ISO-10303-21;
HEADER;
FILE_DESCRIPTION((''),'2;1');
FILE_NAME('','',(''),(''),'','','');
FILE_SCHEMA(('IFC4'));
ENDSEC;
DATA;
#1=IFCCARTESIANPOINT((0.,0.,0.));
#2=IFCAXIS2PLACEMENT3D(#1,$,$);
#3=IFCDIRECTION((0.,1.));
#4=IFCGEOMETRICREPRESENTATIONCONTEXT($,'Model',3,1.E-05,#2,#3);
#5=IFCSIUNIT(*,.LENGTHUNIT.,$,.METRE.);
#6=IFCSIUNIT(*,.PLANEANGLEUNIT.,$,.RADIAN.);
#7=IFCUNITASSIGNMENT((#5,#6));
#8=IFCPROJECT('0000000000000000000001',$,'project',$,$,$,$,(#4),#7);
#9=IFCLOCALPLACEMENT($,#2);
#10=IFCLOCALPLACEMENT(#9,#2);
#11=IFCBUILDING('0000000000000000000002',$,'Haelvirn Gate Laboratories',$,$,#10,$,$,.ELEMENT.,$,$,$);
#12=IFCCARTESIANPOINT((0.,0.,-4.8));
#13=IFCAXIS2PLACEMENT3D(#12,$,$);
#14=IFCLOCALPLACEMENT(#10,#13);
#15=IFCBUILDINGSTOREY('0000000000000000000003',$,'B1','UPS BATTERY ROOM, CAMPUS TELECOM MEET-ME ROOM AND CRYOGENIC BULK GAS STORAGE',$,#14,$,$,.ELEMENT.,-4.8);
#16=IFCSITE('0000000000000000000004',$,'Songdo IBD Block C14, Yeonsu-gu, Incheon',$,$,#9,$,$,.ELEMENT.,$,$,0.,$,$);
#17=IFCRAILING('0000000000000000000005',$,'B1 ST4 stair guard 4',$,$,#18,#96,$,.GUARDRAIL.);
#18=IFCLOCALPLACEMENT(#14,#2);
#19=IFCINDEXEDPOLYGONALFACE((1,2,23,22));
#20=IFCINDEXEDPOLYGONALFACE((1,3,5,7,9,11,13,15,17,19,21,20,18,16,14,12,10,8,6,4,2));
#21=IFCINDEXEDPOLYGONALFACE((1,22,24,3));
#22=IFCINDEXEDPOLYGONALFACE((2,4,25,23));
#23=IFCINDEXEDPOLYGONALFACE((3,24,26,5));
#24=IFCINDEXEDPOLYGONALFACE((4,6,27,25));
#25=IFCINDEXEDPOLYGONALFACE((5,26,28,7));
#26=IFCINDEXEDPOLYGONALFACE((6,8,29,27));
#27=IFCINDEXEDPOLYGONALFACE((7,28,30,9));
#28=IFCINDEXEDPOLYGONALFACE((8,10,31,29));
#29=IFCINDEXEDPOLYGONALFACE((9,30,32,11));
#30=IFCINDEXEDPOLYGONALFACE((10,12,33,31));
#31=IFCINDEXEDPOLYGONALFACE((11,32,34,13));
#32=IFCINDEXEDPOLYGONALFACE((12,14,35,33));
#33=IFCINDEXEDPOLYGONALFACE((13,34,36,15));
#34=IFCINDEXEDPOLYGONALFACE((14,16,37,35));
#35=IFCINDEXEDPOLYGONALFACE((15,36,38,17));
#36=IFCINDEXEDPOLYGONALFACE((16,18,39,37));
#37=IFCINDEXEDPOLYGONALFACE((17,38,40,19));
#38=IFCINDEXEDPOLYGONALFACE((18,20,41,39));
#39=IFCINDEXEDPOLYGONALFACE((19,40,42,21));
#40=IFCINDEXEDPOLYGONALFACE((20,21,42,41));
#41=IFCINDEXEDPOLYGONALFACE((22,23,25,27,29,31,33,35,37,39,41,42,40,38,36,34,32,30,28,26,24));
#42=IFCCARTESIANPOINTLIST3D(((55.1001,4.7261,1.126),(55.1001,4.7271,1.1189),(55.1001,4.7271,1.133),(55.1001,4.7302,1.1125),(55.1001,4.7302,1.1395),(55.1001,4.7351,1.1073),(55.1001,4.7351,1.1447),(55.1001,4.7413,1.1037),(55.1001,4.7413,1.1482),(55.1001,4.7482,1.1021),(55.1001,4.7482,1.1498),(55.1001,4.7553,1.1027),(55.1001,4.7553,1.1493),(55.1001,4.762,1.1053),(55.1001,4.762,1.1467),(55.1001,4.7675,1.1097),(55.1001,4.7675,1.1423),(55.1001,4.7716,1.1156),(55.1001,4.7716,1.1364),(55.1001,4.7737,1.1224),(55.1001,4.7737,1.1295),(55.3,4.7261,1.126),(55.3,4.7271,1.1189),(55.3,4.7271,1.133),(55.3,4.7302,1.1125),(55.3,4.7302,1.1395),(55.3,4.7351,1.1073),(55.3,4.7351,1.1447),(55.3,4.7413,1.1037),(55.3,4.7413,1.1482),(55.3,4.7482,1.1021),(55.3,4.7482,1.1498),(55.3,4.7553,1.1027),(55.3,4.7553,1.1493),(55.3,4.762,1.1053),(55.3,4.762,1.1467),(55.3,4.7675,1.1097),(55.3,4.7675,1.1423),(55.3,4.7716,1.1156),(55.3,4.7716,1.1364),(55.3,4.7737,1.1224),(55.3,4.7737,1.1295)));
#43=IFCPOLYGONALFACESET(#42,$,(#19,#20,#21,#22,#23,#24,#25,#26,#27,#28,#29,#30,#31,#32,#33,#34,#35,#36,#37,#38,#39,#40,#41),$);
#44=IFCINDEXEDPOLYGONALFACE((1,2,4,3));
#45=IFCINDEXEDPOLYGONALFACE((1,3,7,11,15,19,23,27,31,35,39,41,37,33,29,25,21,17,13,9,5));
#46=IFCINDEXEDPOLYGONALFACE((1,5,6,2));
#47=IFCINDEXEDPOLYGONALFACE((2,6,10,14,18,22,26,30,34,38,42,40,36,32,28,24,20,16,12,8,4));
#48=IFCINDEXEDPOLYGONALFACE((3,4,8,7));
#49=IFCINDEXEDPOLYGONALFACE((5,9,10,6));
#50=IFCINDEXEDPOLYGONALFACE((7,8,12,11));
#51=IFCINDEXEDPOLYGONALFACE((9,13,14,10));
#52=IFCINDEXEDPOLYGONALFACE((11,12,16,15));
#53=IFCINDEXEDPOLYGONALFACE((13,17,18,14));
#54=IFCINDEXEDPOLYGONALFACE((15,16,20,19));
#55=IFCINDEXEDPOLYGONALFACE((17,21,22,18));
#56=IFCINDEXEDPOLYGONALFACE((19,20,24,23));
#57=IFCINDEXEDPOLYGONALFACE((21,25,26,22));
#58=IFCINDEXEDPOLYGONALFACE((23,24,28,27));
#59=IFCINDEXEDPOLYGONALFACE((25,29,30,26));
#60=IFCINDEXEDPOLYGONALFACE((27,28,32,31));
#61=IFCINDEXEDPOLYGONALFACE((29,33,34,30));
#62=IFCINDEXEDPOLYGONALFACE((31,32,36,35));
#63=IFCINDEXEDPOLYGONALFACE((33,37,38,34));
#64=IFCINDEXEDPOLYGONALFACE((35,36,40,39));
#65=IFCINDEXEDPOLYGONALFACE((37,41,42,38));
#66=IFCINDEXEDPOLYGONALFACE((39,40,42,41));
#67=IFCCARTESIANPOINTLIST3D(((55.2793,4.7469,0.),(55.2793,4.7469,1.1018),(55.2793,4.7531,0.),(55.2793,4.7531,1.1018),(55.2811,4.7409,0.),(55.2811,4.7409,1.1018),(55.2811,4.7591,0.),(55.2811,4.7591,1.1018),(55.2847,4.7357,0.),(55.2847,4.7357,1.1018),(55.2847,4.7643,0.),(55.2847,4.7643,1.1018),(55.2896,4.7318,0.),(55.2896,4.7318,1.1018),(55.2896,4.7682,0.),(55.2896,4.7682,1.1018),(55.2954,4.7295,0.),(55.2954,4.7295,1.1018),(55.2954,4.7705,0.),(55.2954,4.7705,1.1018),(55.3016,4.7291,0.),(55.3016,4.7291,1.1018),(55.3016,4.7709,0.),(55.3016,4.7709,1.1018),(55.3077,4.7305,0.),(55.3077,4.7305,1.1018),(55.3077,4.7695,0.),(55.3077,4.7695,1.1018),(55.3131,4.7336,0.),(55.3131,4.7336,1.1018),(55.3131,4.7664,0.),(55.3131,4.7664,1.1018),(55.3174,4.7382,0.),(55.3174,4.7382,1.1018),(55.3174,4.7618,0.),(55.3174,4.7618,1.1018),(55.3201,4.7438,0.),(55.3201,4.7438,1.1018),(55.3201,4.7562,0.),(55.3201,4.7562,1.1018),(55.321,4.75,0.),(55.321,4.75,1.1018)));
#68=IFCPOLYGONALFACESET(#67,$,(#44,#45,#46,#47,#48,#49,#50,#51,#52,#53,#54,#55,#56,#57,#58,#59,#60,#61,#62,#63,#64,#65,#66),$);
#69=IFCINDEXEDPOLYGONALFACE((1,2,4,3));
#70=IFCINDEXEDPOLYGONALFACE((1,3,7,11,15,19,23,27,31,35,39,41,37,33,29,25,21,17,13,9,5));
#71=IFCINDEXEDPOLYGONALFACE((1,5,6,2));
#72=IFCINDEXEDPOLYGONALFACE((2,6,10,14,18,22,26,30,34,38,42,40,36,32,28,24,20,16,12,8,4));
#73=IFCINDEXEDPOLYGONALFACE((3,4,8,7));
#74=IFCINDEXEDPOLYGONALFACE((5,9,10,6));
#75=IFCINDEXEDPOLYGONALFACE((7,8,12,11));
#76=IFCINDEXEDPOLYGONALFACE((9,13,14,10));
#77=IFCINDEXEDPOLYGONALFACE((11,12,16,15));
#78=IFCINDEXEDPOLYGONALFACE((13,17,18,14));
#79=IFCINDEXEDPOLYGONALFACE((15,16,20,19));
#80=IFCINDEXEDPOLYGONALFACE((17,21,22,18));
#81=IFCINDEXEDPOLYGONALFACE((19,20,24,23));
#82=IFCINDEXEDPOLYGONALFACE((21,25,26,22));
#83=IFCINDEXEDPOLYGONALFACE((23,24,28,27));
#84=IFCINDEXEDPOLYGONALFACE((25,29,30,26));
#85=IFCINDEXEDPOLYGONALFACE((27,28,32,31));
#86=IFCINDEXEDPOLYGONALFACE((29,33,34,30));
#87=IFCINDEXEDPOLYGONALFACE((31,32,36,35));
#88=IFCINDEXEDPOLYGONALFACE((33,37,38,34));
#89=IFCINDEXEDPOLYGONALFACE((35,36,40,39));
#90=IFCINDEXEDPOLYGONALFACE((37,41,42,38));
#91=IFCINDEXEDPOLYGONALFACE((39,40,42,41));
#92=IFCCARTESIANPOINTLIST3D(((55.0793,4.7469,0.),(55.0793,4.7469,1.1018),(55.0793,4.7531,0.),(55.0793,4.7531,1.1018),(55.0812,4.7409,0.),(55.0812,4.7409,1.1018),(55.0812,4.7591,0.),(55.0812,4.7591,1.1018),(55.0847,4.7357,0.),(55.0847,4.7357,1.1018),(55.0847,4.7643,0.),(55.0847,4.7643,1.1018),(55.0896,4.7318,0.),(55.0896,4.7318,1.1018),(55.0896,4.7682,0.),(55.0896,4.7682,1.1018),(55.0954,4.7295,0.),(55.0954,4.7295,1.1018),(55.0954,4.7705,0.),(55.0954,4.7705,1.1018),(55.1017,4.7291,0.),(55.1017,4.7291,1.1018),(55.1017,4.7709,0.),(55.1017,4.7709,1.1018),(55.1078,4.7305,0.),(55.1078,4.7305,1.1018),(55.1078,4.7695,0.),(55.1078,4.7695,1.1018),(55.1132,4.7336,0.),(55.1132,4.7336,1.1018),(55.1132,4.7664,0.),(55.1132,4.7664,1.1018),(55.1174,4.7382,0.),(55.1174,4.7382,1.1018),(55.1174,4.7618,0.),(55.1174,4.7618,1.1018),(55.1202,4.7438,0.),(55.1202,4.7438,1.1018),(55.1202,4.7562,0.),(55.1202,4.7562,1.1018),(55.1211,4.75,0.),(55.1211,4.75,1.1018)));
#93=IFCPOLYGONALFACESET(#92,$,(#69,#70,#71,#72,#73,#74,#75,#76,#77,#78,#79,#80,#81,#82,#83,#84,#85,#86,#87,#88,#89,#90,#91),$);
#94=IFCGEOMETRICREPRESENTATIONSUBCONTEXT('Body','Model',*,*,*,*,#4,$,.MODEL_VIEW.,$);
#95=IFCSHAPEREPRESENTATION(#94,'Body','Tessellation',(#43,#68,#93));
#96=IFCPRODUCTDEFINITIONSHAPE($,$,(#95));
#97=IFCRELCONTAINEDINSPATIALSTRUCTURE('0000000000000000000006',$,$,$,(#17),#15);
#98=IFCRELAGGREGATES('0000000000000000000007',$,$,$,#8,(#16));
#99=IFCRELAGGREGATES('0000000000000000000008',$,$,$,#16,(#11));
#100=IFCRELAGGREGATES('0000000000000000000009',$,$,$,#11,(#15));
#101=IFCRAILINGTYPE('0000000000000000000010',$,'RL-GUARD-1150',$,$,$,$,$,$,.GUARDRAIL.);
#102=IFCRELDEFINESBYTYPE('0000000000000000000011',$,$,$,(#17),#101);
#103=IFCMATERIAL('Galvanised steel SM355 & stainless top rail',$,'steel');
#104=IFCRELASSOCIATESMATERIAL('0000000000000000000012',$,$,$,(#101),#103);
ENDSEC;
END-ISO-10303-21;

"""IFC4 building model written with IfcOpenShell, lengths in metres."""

from ifc_helpers import new_model, si_unit, direction, frame, origin, origin_2d, place, context, subcontext, project, spatial, circle, extrude, source, transform, mapped, material, type_object, element, save


model = new_model("IFC4")

# Units and contexts
model_context = context("Model", 3, precision=1e-05, world=origin(), true_north=direction((0.0, 1.0)))
body_context = subcontext(model_context, "Body", "Model", "MODEL_VIEW")
ifc_project = project(units=[si_unit("LENGTHUNIT", "METRE"), si_unit("PLANEANGLEUNIT", "RADIAN")], contexts=[model_context])

# Site, building, storey
site_placement = place(None, origin())
site = spatial("IfcSite", under=ifc_project, at=site_placement, Name="Songdo IBD Block C14, Yeonsu-gu, Incheon", CompositionType="ELEMENT", RefElevation=0.0)
building_placement = place(site_placement, origin())
building = spatial("IfcBuilding", under=site, at=building_placement, Name="Haelvirn Gate Laboratories", CompositionType="ELEMENT")
storey_placement = place(building_placement, frame((0.0, 0.0, -4.8)))
storey = spatial("IfcBuildingStorey", under=building, at=storey_placement, Name="B1", Description="UPS BATTERY ROOM, CAMPUS TELECOM MEET-ME ROOM AND CRYOGENIC BULK GAS STORAGE", CompositionType="ELEMENT", Elevation=-4.8)

# Railing
ifc_material_1 = material(Name="Galvanised steel SM355 & stainless top rail", Category="steel")
railing_type_1 = type_object("IfcRailingType", Name="RL-GUARD-1150", PredefinedType="GUARDRAIL", material=ifc_material_1)
shared_shape_1 = source(origin(), body_context, "Body", "SweptSolid", [
    extrude(circle(Radius=0.0239, at=origin_2d()), frame((0.0, 0.0, 1.126), z_axis=(-1.0, 0.0, 0.0), x_axis=(0.0, -1.0, 0.0)), (0.0, 0.0, 1.0), 0.2),
    extrude(circle(Radius=0.021, at=origin_2d()), origin(), (0.0, 0.0, 1.0), 1.1018),
    extrude(circle(Radius=0.021, at=origin_2d()), frame((-0.2, 0.0, 0.0)), (0.0, 0.0, 1.0), 1.1018),
])
railing_1_placement = place(storey_placement, frame((55.3, 4.75, 0.0)))
element("IfcRailing", 1, at=railing_1_placement, inside=storey, type_object=railing_type_1, Name="B1 ST4 stair guard 4", PredefinedType="GUARDRAIL", context=body_context, shape_type="MappedRepresentation", body=[
    mapped(shared_shape_1, transform((0.0, 0.0, 0.0), scale=1.0)),
])

save(model, "model.ifc")
